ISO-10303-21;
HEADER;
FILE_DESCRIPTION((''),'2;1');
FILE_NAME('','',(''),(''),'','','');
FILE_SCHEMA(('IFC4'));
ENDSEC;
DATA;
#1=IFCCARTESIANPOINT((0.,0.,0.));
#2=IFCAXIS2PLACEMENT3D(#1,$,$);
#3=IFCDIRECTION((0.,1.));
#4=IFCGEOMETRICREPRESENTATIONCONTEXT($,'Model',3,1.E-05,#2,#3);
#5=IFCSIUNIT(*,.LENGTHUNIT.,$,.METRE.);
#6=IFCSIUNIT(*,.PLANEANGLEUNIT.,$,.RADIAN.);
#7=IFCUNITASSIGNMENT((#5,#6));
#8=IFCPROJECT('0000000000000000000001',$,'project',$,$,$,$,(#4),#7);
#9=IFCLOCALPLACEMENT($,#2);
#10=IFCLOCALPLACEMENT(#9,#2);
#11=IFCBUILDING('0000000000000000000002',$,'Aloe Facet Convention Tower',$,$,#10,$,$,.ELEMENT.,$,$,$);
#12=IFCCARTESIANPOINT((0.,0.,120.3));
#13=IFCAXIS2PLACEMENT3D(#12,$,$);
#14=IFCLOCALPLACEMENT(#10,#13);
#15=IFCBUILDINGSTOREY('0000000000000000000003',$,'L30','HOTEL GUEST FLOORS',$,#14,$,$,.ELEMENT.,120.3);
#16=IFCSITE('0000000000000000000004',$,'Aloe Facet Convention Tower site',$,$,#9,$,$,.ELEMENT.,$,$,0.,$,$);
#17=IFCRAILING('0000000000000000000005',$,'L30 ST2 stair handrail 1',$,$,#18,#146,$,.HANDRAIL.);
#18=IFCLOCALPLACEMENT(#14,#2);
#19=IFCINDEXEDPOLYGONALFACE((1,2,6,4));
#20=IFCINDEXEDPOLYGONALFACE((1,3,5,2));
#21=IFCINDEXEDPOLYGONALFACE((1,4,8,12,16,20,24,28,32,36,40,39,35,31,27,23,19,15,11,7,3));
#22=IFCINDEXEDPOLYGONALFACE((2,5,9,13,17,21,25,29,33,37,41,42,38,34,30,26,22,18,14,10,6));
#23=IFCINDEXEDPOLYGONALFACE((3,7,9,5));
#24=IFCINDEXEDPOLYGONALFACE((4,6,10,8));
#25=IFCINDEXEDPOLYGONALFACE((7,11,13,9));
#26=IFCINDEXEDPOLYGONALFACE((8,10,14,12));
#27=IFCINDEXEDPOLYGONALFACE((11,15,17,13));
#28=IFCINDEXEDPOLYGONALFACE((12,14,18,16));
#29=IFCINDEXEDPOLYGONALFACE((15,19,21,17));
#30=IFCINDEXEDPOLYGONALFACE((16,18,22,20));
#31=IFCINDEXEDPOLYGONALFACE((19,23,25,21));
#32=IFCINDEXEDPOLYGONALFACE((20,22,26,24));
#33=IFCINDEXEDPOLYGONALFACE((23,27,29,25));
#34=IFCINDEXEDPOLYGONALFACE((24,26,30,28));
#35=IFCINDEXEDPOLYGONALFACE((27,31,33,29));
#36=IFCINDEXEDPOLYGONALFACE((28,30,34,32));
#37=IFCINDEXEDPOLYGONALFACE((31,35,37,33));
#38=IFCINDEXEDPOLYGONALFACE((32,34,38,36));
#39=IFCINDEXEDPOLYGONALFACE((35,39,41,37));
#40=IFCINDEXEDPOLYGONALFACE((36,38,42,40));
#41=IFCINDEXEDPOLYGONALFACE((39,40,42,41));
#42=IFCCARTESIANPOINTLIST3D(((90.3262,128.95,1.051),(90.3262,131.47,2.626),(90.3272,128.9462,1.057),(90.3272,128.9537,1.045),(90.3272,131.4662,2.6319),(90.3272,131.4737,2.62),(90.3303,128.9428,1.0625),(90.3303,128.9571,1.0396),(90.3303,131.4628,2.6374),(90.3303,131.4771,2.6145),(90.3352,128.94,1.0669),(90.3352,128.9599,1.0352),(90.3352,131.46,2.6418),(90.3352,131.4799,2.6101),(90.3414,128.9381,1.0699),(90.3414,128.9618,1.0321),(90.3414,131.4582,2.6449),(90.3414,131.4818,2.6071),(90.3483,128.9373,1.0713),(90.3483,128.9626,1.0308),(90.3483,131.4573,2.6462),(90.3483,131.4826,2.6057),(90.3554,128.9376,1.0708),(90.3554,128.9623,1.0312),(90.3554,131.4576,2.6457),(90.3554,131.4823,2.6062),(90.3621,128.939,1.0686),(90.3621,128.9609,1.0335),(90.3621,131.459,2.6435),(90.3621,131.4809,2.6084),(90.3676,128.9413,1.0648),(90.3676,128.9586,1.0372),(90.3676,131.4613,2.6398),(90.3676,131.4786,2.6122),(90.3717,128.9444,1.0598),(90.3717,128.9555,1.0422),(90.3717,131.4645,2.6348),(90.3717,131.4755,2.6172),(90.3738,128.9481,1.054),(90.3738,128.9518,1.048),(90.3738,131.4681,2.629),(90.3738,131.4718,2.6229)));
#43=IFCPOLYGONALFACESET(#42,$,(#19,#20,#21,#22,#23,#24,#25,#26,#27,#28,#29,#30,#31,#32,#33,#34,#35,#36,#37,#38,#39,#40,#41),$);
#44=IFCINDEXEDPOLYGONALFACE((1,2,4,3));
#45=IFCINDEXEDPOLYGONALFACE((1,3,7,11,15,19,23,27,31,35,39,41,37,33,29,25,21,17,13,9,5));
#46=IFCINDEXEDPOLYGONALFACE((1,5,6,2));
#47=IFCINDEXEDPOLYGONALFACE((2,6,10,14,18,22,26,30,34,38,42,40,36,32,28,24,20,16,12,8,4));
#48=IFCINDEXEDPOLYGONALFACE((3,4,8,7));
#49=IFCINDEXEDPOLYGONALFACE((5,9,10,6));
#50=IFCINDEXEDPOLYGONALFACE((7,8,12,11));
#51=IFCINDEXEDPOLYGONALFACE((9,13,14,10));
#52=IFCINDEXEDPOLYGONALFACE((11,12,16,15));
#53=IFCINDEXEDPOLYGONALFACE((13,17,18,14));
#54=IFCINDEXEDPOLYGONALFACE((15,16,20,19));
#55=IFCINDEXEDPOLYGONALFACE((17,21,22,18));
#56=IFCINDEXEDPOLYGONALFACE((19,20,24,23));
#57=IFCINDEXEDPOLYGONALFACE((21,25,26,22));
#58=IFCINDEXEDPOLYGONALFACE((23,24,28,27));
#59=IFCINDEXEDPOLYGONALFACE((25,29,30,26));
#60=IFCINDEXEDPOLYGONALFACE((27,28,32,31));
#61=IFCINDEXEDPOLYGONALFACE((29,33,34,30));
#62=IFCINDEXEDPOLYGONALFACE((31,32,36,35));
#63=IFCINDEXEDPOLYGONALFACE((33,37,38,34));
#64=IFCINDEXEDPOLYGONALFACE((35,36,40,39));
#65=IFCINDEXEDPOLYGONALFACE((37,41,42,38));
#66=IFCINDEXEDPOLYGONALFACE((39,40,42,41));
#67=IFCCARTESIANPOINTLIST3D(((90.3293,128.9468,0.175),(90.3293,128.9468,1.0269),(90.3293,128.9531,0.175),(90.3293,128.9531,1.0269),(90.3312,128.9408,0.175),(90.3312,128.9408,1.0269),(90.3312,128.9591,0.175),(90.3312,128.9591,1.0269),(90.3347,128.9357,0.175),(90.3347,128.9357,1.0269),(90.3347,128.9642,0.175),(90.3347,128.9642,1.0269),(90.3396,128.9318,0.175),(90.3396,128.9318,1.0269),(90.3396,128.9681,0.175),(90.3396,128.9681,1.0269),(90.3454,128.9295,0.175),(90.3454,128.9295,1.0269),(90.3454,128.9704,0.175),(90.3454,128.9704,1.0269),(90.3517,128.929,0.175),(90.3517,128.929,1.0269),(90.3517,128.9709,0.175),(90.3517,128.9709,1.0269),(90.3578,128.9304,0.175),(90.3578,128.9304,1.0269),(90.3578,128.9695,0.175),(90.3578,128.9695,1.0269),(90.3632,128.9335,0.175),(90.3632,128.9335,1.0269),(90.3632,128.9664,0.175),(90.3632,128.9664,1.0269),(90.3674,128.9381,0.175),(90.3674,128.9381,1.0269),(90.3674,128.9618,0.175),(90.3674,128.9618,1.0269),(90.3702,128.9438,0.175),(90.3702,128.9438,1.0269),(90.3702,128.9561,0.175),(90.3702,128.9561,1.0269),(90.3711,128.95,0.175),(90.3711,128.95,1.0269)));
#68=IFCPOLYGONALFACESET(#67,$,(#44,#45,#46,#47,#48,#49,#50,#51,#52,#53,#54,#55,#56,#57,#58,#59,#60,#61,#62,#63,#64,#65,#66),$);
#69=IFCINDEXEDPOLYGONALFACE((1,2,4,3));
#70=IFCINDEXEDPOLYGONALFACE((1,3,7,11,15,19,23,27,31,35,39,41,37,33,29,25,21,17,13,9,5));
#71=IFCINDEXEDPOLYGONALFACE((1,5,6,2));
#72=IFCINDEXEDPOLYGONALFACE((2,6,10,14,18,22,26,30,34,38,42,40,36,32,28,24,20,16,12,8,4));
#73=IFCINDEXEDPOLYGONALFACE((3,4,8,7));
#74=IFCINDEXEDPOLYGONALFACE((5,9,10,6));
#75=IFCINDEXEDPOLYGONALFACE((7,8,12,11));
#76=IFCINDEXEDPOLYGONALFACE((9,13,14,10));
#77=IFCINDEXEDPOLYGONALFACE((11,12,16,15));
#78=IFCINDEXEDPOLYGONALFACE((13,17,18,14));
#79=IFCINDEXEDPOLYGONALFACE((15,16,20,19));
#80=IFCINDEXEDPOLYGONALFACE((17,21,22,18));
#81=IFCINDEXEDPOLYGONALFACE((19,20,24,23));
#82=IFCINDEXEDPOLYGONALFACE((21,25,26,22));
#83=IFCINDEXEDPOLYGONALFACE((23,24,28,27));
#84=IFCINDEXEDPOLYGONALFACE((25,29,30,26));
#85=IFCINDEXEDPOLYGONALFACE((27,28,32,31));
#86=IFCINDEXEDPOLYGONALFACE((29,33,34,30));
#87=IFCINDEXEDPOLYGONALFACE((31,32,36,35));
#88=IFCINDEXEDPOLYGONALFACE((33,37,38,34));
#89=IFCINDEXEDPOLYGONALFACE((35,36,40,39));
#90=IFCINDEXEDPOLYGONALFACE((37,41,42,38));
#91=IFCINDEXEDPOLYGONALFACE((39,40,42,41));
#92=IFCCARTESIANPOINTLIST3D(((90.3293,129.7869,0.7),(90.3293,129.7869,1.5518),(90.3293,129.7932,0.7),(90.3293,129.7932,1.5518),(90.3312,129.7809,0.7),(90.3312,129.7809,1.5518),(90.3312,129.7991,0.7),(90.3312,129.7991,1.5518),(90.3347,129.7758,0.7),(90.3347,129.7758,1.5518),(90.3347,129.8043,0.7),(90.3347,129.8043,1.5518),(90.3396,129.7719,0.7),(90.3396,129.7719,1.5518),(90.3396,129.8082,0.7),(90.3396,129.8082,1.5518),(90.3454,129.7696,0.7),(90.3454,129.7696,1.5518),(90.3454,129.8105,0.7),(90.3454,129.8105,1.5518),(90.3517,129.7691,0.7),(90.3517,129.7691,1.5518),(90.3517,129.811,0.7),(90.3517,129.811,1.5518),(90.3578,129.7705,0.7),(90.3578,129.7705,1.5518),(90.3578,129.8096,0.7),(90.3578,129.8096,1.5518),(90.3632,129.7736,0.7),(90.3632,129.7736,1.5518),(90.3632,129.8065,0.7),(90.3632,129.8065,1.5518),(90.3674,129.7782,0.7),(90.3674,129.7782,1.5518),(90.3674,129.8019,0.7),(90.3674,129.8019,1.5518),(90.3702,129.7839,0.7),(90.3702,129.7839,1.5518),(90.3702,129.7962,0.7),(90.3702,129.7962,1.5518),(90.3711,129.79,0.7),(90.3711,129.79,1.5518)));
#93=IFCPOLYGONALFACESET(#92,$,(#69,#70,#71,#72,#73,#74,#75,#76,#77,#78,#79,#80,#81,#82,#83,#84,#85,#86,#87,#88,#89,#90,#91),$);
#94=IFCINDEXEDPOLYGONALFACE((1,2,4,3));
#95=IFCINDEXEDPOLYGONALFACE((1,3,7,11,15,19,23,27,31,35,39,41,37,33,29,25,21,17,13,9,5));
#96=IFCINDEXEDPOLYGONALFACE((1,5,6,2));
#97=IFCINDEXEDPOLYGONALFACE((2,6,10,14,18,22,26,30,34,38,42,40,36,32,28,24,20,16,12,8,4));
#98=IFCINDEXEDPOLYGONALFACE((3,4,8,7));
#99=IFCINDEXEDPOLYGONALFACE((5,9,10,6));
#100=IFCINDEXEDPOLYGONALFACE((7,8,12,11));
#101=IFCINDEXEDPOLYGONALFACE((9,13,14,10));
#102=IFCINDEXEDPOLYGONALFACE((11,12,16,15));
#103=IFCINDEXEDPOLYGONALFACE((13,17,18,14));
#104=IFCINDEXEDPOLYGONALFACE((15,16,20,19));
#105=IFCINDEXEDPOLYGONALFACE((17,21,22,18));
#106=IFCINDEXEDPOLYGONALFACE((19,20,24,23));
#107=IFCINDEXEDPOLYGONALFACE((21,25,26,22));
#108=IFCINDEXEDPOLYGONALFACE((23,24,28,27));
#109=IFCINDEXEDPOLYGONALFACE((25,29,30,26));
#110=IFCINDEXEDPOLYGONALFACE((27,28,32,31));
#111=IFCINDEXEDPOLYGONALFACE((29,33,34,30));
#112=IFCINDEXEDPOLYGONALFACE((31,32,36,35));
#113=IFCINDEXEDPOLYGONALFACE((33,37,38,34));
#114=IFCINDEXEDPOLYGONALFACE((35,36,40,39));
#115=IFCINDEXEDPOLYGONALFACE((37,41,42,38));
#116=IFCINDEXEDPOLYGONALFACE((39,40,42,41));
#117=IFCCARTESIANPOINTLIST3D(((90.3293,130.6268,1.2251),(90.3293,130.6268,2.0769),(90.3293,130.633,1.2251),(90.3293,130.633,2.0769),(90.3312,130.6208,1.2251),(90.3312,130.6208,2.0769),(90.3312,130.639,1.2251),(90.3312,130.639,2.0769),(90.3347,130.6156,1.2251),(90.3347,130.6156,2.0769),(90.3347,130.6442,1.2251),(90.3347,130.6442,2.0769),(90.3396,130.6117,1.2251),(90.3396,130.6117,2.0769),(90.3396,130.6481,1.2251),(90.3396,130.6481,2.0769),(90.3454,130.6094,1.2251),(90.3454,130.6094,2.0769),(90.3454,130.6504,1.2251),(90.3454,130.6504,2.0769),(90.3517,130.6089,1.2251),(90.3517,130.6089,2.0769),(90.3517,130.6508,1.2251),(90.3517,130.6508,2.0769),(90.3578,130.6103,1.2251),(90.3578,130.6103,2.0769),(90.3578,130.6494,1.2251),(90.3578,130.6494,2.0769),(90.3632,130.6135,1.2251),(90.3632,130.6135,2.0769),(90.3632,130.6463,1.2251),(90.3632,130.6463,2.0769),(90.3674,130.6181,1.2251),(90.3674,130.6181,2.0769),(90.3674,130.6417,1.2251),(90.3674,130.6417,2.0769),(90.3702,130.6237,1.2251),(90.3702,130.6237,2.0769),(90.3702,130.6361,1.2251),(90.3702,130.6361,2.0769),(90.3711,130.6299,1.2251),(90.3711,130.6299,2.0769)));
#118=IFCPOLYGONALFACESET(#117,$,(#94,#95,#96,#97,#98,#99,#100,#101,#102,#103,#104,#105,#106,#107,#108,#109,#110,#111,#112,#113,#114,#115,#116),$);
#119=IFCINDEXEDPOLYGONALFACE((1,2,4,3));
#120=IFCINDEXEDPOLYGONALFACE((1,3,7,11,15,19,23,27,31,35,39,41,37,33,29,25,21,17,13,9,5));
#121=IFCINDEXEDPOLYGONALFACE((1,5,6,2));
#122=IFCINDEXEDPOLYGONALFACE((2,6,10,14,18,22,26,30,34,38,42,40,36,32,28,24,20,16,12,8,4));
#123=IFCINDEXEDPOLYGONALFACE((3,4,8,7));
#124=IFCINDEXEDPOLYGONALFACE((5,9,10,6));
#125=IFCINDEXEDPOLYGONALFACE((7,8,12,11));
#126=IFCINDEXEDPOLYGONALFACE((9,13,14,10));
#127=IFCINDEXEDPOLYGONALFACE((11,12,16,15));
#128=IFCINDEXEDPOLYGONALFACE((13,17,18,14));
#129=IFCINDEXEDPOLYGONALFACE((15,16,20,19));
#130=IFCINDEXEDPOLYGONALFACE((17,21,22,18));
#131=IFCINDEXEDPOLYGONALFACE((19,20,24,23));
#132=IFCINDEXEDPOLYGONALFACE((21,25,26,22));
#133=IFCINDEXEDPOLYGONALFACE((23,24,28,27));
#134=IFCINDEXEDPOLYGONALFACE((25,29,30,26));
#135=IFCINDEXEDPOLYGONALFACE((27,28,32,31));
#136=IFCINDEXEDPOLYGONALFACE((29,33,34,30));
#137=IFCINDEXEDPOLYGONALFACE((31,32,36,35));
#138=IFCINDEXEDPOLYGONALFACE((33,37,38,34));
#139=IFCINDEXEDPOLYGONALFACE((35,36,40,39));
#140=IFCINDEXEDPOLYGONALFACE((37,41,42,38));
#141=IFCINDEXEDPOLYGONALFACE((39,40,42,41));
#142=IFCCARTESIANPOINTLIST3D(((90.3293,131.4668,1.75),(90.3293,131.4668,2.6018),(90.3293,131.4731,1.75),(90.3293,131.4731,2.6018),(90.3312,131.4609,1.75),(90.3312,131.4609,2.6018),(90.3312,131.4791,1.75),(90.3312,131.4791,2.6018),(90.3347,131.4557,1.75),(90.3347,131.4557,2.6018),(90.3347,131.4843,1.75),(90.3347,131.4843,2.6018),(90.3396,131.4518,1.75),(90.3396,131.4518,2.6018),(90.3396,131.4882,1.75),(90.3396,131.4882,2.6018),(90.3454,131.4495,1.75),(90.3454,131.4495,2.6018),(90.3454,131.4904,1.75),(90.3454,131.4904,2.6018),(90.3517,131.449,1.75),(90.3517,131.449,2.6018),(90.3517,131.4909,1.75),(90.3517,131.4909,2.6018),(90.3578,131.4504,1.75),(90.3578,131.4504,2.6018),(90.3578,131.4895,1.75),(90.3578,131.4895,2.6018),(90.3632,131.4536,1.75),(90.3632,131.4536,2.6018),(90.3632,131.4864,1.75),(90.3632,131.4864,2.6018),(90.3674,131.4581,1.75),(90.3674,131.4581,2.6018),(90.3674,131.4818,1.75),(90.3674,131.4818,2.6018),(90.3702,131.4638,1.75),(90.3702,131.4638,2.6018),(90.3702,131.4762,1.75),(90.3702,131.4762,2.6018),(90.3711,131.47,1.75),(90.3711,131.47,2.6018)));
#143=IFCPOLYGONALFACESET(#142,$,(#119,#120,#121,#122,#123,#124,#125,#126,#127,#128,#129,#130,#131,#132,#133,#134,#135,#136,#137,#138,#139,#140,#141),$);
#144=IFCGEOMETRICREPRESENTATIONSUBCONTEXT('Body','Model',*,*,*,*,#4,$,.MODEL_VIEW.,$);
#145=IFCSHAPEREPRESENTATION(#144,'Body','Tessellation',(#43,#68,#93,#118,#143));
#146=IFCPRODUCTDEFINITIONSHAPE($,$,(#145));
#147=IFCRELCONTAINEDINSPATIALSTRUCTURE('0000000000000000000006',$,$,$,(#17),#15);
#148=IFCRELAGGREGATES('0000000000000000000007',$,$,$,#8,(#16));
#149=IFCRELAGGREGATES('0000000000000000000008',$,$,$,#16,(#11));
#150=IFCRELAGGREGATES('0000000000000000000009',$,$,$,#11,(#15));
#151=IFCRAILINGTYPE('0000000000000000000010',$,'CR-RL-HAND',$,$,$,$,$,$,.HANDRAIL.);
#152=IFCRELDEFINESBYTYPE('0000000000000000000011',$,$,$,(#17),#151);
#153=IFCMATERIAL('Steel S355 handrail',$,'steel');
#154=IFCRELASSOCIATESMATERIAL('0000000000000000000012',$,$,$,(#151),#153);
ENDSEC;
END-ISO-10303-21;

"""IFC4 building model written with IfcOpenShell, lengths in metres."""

from ifc_helpers import new_model, si_unit, direction, frame, origin, origin_2d, place, context, subcontext, project, spatial, circle, extrude, material, type_object, element, save


model = new_model("IFC4")

# Units and contexts
model_context = context("Model", 3, precision=1e-05, world=origin(), true_north=direction((0.0, 1.0)))
body_context = subcontext(model_context, "Body", "Model", "MODEL_VIEW")
ifc_project = project(units=[si_unit("LENGTHUNIT", "METRE"), si_unit("PLANEANGLEUNIT", "RADIAN")], contexts=[model_context])

# Site, building, storey
site_placement = place(None, origin())
site = spatial("IfcSite", under=ifc_project, at=site_placement, Name="Aloe Facet Convention Tower site", CompositionType="ELEMENT", RefElevation=0.0)
building_placement = place(site_placement, origin())
building = spatial("IfcBuilding", under=site, at=building_placement, Name="Aloe Facet Convention Tower", CompositionType="ELEMENT")
storey_placement = place(building_placement, frame((0.0, 0.0, 120.3)))
storey = spatial("IfcBuildingStorey", under=building, at=storey_placement, Name="L30", Description="HOTEL GUEST FLOORS", CompositionType="ELEMENT", Elevation=120.3)

# Railing
ifc_material_1 = material(Name="Steel S355 handrail", Category="steel")
railing_type_1 = type_object("IfcRailingType", Name="CR-RL-HAND", PredefinedType="HANDRAIL", material=ifc_material_1)
railing_1_placement = place(storey_placement, frame((90.3501, 128.95, 0.175)))
element("IfcRailing", 1, at=railing_1_placement, inside=storey, type_object=railing_type_1, Name="L30 ST2 stair handrail 1", PredefinedType="HANDRAIL", context=body_context, shape_type="SweptSolid", body=[
    extrude(circle(Radius=0.0239, at=origin_2d()), frame((0.0, 0.0, 0.876), z_axis=(0.0, 0.848008, 0.529984), x_axis=(-1.0, 0.0, 0.0)), (0.0, 0.0, 1.0), 2.9717),
    extrude(circle(Radius=0.021, at=origin_2d()), origin(), (0.0, 0.0, 1.0), 0.8518),
    extrude(circle(Radius=0.021, at=origin_2d()), frame((0.0, 0.8401, 0.5249)), (0.0, 0.0, 1.0), 0.8518),
    extrude(circle(Radius=0.021, at=origin_2d()), frame((0.0, 1.6799, 1.05)), (0.0, 0.0, 1.0), 0.8518),
    extrude(circle(Radius=0.021, at=origin_2d()), frame((0.0, 2.52, 1.575)), (0.0, 0.0, 1.0), 0.8518),
])

save(model, "model.ifc")
